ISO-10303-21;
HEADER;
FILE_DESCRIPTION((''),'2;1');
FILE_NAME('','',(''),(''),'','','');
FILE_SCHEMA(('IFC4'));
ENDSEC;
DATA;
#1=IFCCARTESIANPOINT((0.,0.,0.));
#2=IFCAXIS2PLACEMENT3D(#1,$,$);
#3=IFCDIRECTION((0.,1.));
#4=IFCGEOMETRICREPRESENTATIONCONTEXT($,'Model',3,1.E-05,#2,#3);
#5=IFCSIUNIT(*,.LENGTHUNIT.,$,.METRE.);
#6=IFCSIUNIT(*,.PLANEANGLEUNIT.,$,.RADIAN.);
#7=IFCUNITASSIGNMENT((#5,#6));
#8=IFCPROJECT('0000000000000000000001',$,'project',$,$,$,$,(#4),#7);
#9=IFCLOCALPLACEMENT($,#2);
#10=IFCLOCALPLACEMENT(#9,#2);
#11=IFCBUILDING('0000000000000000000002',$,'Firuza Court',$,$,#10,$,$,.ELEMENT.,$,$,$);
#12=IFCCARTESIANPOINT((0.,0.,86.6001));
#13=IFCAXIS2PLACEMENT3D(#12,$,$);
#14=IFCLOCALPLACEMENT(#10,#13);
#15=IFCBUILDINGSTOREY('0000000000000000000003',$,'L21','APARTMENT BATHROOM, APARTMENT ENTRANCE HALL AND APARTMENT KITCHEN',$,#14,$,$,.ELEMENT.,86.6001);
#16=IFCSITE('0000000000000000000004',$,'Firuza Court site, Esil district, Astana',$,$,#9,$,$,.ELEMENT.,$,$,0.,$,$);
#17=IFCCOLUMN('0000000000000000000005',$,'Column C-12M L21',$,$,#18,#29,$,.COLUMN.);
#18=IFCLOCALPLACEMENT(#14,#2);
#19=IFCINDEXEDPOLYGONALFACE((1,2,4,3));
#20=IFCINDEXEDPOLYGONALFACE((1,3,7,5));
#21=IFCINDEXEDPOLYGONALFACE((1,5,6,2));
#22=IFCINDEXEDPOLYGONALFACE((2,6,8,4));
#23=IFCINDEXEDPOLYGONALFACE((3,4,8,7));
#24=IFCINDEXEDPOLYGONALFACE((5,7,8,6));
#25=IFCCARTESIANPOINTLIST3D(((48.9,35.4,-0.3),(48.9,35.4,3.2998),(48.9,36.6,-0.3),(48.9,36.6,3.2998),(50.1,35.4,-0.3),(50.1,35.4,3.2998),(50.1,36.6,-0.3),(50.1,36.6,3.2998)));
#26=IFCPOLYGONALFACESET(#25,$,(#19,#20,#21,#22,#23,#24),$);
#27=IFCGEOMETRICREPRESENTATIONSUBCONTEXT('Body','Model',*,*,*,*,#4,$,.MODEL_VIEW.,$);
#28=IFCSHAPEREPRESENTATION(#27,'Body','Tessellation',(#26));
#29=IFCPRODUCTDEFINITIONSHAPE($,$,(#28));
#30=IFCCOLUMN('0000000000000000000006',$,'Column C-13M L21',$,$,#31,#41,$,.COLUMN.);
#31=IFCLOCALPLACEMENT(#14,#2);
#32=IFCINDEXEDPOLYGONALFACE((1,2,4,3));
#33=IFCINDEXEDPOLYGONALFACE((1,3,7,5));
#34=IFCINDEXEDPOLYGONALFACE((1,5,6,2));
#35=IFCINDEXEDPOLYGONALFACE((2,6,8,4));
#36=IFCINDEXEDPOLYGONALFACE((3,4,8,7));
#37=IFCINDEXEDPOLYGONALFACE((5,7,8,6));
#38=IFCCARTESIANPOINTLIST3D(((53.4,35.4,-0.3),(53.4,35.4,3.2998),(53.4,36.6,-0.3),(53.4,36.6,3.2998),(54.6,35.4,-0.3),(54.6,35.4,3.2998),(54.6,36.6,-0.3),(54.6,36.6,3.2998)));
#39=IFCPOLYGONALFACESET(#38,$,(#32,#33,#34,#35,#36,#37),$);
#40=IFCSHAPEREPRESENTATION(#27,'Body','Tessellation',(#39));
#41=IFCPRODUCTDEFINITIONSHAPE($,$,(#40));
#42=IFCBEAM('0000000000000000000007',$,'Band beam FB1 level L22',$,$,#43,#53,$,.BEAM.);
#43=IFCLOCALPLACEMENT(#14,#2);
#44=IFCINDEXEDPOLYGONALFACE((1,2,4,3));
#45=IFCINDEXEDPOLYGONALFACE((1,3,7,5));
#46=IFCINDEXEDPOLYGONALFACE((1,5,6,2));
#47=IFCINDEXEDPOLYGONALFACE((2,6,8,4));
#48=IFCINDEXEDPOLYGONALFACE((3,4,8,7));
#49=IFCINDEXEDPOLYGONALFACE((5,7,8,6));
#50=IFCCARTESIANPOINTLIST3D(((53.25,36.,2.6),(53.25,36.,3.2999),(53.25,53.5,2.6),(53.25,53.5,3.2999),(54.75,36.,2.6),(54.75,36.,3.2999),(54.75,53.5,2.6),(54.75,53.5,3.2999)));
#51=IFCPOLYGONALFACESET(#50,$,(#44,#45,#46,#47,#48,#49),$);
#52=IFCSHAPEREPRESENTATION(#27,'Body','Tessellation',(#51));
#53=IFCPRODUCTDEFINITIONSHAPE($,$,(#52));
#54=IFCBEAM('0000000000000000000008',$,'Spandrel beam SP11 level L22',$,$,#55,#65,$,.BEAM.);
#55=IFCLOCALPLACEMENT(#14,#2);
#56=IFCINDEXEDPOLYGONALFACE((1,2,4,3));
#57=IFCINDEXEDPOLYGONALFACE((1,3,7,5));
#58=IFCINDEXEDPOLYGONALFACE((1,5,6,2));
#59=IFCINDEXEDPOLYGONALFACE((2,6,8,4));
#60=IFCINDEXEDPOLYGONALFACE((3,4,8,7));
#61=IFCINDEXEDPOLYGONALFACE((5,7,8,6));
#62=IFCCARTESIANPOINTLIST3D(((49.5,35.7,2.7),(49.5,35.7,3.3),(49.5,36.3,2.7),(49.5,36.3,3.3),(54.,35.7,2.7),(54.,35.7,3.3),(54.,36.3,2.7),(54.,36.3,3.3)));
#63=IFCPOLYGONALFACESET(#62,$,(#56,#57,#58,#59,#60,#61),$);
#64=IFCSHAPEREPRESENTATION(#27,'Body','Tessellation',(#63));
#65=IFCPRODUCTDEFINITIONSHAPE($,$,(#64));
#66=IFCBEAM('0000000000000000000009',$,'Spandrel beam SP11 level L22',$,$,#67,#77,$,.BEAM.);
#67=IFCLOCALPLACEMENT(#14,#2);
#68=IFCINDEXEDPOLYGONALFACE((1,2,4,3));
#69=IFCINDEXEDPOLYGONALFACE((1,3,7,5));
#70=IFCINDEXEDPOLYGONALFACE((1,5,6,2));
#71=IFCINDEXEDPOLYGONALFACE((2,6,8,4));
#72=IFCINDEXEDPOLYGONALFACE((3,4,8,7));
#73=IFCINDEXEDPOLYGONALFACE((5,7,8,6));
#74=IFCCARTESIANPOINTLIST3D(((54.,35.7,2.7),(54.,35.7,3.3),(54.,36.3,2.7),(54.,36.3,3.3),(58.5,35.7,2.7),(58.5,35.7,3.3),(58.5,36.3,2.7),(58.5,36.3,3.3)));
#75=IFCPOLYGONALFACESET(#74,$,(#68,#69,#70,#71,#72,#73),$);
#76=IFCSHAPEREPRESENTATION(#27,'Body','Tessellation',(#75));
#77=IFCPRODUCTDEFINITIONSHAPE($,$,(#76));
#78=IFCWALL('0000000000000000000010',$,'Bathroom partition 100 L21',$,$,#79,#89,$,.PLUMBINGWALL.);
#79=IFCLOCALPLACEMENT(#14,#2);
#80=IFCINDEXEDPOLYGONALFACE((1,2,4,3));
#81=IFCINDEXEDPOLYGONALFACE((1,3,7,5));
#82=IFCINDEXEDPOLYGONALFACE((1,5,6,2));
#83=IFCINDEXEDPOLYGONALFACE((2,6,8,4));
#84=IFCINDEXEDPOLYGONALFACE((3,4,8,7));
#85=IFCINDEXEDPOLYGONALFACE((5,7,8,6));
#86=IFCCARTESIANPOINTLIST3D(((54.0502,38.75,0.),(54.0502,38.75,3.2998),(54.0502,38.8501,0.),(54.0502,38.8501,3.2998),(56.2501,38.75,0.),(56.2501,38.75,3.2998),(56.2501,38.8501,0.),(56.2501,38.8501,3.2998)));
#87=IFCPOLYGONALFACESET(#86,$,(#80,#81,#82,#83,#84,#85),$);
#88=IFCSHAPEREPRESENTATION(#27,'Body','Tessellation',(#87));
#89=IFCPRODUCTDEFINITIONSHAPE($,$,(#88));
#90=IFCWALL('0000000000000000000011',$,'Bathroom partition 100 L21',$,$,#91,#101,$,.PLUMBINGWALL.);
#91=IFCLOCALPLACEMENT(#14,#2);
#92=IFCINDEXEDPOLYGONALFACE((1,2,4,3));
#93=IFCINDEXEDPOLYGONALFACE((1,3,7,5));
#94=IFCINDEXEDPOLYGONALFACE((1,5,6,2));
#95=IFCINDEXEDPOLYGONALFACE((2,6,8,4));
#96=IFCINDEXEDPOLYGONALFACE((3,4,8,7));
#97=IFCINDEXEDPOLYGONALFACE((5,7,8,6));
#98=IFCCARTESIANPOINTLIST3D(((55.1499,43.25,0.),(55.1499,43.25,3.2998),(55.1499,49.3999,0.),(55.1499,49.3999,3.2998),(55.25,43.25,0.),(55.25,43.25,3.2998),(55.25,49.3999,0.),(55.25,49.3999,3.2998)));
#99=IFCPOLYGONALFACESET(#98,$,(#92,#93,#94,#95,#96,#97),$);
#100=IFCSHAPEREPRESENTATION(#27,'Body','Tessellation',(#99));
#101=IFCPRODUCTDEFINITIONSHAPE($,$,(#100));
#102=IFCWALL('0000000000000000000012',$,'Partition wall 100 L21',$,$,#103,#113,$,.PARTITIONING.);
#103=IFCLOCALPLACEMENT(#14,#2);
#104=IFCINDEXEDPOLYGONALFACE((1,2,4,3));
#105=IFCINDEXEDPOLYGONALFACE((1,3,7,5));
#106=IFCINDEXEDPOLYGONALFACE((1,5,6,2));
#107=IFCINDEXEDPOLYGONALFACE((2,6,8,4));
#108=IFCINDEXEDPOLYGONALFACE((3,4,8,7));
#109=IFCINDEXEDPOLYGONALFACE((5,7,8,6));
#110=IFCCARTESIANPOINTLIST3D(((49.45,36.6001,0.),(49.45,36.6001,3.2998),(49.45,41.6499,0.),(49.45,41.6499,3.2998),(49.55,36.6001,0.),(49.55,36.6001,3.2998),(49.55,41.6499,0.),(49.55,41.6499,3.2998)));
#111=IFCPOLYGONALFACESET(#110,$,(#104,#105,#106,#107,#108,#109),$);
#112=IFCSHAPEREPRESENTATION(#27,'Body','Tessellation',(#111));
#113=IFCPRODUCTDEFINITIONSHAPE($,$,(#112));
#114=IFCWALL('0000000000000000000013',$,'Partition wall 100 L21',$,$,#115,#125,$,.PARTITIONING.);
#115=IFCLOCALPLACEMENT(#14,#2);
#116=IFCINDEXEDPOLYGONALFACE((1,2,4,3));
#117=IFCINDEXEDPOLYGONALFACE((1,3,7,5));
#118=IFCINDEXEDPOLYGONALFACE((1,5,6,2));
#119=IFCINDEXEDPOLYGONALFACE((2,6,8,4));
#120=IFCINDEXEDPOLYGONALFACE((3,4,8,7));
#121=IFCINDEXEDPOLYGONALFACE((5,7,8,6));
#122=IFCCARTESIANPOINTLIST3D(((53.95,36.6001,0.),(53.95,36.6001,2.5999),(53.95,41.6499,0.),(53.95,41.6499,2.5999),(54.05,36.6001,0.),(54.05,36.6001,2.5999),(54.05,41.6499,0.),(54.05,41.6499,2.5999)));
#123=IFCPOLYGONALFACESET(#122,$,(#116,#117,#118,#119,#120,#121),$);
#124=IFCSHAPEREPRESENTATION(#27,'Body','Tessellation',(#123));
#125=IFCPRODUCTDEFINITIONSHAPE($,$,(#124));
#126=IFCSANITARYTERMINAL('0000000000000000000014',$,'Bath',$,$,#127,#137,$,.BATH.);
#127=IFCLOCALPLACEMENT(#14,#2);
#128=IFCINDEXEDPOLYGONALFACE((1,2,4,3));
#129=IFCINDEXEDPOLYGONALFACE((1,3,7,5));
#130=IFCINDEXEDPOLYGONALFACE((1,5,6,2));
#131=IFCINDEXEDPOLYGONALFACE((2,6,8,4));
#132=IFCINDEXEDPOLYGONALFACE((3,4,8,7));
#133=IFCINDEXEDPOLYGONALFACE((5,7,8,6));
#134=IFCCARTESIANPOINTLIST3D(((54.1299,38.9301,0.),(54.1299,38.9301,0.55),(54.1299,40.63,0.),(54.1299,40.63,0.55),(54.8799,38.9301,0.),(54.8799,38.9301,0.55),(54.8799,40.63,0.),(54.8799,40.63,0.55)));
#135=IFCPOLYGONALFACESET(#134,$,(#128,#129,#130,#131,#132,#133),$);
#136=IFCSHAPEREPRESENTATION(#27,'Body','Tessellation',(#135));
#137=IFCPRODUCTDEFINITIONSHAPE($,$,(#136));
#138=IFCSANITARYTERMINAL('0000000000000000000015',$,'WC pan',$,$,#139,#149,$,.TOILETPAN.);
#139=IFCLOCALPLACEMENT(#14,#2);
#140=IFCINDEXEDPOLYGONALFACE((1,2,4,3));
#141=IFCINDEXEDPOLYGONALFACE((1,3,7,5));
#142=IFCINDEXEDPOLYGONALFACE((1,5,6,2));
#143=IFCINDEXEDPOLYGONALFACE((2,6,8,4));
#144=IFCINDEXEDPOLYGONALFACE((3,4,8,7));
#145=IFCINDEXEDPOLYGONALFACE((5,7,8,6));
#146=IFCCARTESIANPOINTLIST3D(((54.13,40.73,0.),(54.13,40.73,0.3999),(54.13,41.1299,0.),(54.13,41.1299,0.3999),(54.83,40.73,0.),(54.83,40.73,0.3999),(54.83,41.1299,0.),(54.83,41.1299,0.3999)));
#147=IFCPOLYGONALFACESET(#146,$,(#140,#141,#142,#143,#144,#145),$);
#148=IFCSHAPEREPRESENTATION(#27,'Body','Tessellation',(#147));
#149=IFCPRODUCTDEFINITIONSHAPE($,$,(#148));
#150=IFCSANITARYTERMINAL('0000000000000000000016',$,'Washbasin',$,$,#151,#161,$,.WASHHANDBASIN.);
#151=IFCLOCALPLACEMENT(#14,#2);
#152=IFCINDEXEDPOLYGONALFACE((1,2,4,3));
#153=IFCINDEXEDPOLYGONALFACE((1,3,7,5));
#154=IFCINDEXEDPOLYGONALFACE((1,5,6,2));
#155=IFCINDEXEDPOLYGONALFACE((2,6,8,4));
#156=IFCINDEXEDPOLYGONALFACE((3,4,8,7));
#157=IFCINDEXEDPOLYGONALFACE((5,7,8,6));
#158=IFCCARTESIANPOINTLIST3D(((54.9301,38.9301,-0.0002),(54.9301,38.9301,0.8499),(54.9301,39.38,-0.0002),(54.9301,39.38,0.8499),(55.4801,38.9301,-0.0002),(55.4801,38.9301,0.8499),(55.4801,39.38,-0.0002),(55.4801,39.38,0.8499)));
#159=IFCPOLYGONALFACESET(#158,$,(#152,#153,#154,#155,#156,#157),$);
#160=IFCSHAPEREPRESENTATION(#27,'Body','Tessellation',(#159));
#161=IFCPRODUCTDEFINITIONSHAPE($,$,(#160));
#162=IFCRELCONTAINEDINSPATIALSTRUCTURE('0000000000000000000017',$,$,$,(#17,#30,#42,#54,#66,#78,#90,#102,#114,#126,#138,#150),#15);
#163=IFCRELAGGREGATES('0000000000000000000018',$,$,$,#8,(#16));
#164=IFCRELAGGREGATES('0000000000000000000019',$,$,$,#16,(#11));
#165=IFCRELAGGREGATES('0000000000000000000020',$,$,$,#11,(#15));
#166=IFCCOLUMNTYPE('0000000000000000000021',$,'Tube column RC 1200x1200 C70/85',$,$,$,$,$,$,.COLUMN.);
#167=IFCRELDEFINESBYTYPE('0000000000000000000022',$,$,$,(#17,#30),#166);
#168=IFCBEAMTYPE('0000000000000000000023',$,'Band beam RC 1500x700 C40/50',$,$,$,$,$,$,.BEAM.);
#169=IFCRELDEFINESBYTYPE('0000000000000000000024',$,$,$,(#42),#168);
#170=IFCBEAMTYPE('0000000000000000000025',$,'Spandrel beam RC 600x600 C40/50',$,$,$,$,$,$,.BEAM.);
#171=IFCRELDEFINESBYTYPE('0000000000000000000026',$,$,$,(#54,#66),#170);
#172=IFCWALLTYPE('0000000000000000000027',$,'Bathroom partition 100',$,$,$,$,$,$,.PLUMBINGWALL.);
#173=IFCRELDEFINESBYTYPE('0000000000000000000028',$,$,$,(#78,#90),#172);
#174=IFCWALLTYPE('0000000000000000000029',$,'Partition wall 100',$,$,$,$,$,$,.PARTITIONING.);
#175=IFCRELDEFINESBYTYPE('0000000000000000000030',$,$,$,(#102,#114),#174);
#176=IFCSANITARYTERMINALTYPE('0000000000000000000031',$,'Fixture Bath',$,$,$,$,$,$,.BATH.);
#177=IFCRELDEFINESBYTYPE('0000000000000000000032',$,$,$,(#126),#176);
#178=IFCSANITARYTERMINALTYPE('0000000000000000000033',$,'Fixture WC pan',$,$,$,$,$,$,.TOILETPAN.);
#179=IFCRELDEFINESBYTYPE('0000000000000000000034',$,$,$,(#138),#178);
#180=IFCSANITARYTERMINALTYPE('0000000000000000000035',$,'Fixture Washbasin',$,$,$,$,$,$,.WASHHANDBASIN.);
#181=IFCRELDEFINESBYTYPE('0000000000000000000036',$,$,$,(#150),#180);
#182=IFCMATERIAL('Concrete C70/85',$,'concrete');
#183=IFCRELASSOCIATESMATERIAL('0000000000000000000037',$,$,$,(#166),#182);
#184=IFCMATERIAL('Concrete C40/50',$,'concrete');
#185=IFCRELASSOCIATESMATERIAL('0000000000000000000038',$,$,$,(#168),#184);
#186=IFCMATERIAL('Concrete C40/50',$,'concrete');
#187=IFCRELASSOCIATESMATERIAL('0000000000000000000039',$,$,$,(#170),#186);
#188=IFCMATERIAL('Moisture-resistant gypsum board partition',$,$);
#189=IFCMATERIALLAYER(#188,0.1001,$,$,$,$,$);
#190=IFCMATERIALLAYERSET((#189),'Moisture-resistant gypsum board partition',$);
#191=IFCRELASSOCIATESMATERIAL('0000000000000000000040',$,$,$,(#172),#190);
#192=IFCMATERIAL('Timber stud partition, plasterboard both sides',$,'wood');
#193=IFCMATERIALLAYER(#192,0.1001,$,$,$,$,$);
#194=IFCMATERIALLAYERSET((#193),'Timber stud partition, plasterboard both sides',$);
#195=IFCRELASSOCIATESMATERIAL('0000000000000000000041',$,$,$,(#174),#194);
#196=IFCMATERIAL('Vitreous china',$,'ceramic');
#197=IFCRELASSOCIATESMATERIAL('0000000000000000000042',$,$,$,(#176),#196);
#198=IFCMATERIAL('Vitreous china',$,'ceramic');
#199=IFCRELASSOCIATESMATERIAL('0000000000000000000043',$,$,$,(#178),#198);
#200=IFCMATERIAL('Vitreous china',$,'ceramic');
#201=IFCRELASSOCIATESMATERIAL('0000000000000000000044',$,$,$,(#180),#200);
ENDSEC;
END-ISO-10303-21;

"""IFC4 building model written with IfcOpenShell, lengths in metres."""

from ifc_helpers import new_model, si_unit, direction, frame, frame_2d, origin, origin_2d, place, context, subcontext, project, spatial, rectangle, extrude, material, layer, layer_set, material_profile, profile_set, type_object, element, save


model = new_model("IFC4")

# Units and contexts
model_context = context("Model", 3, precision=1e-05, world=origin(), true_north=direction((0.0, 1.0)))
body_context = subcontext(model_context, "Body", "Model", "MODEL_VIEW")
ifc_project = project(units=[si_unit("LENGTHUNIT", "METRE"), si_unit("PLANEANGLEUNIT", "RADIAN")], contexts=[model_context])

# Site, building, storey
site_placement = place(None, origin())
site = spatial("IfcSite", under=ifc_project, at=site_placement, Name="Firuza Court site, Esil district, Astana", CompositionType="ELEMENT", RefElevation=0.0)
building_placement = place(site_placement, origin())
building = spatial("IfcBuilding", under=site, at=building_placement, Name="Firuza Court", CompositionType="ELEMENT")
storey_placement = place(building_placement, frame((0.0, 0.0, 86.6001)))
storey = spatial("IfcBuildingStorey", under=building, at=storey_placement, Name="L21", Description="APARTMENT BATHROOM, APARTMENT ENTRANCE HALL AND APARTMENT KITCHEN", CompositionType="ELEMENT", Elevation=86.6001)

# Columns
ifc_material_1 = material(Name="Concrete C70/85", Category="concrete")
ifc_material_profile_1 = material_profile(ifc_material_1, rectangle(XDim=1.2, YDim=1.2, at=origin_2d()), Name="RC 1200x1200")
ifc_profile_set_1 = profile_set([ifc_material_profile_1], Name="Concrete C70/85")
column_type = type_object("IfcColumnType", Name="Tube column RC 1200x1200 C70/85", PredefinedType="COLUMN", material=ifc_profile_set_1)
for number, where, z_axis, x_axis, name in (
    (1, (49.5, 36.0, -0.3), (0.0, 0.0, 1.0), (1.0, 0.0, 0.0), "Column C-12M L21"),
    (2, (54.0, 36.0, -0.3), (0.0, 0.0, 1.0), (1.0, 0.0, 0.0), "Column C-13M L21"),
):
    element("IfcColumn", number, at=place(storey_placement, frame(where, z_axis=z_axis, x_axis=x_axis)), inside=storey, type_object=column_type, Name=name, PredefinedType="COLUMN", context=body_context, shape_type="SweptSolid", body=[
        extrude(rectangle(XDim=1.2, YDim=1.2, at=origin_2d()), origin(), (0.0, 0.0, 1.0), 3.5999),
    ])

# Beams
ifc_material_2 = material(Name="Concrete C40/50", Category="concrete")
ifc_material_profile_2 = material_profile(ifc_material_2, rectangle(XDim=1.5, YDim=0.7, at=origin_2d()), Name="RC 1500x700")
ifc_profile_set_2 = profile_set([ifc_material_profile_2], Name="Concrete C40/50")
beam_type_1 = type_object("IfcBeamType", Name="Band beam RC 1500x700 C40/50", PredefinedType="BEAM", material=ifc_profile_set_2)
beam_placement = place(storey_placement, frame((54.0, 36.0, 2.95), z_axis=(0.0, 1.0, 0.0), x_axis=(-1.0, 0.0, 0.0)))
element("IfcBeam", 3, at=beam_placement, inside=storey, type_object=beam_type_1, Name="Band beam FB1 level L22", PredefinedType="BEAM", context=body_context, shape_type="SweptSolid", body=[
    extrude(rectangle(XDim=1.5, YDim=0.7, at=origin_2d()), origin(), (0.0, 0.0, 1.0), 17.5),
])
ifc_material_3 = material(Name="Concrete C40/50", Category="concrete")
ifc_material_profile_3 = material_profile(ifc_material_3, rectangle(XDim=0.6001, YDim=0.6001, at=origin_2d()), Name="RC 600x600")
ifc_profile_set_3 = profile_set([ifc_material_profile_3], Name="Concrete C40/50")
beam_type_2 = type_object("IfcBeamType", Name="Spandrel beam RC 600x600 C40/50", PredefinedType="BEAM", material=ifc_profile_set_3)
for number, where, z_axis, x_axis, name in (
    (4, (49.5, 36.0, 3.0), (1.0, 0.0, 0.0), (0.0, 1.0, 0.0), "Spandrel beam SP11 level L22"),
    (5, (54.0, 36.0, 3.0), (1.0, 0.0, 0.0), (0.0, 1.0, 0.0), "Spandrel beam SP11 level L22"),
):
    element("IfcBeam", number, at=place(storey_placement, frame(where, z_axis=z_axis, x_axis=x_axis)), inside=storey, type_object=beam_type_2, Name=name, PredefinedType="BEAM", context=body_context, shape_type="SweptSolid", body=[
        extrude(rectangle(XDim=0.6001, YDim=0.6001, at=origin_2d()), origin(), (0.0, 0.0, 1.0), 4.5),
    ])

# Walls
ifc_material_4 = material(Name="Moisture-resistant gypsum board partition")
ifc_layer_1 = layer(ifc_material_4, 0.1001)
ifc_layer_set_1 = layer_set([ifc_layer_1], Name="Moisture-resistant gypsum board partition")
wall_type_1 = type_object("IfcWallType", Name="Bathroom partition 100", PredefinedType="PLUMBINGWALL", material=ifc_layer_set_1)
wall_1_placement = place(storey_placement, frame((54.05, 38.8, 0.0), z_axis=(0.0, 0.0, 1.0), x_axis=(1.0, 0.0, 0.0)))
element("IfcWall", 6, at=wall_1_placement, inside=storey, type_object=wall_type_1, Name="Bathroom partition 100 L21", PredefinedType="PLUMBINGWALL", context=body_context, shape_type="SweptSolid", body=[
    extrude(rectangle(XDim=2.2, YDim=0.1001, at=frame_2d((1.1001, 0.0))), origin(), (0.0, 0.0, 1.0), 3.2998),
])
wall_2_placement = place(storey_placement, frame((55.2, 43.25, 0.0), z_axis=(0.0, 0.0, 1.0), x_axis=(0.0, 1.0, 0.0)))
element("IfcWall", 7, at=wall_2_placement, inside=storey, type_object=wall_type_1, Name="Bathroom partition 100 L21", PredefinedType="PLUMBINGWALL", context=body_context, shape_type="SweptSolid", body=[
    extrude(rectangle(XDim=6.1499, YDim=0.1001, at=frame_2d((3.075, 0.0))), origin(), (0.0, 0.0, 1.0), 3.2998),
])
ifc_material_5 = material(Name="Timber stud partition, plasterboard both sides", Category="wood")
ifc_layer_2 = layer(ifc_material_5, 0.1001)
ifc_layer_set_2 = layer_set([ifc_layer_2], Name="Timber stud partition, plasterboard both sides")
wall_type_2 = type_object("IfcWallType", Name="Partition wall 100", PredefinedType="PARTITIONING", material=ifc_layer_set_2)
wall_3_placement = place(storey_placement, frame((49.5, 36.6001, 0.0), z_axis=(0.0, 0.0, 1.0), x_axis=(0.0, 1.0, 0.0)))
element("IfcWall", 8, at=wall_3_placement, inside=storey, type_object=wall_type_2, Name="Partition wall 100 L21", PredefinedType="PARTITIONING", context=body_context, shape_type="SweptSolid", body=[
    extrude(rectangle(XDim=5.0498, YDim=0.1001, at=frame_2d((2.5249, 0.0))), origin(), (0.0, 0.0, 1.0), 3.2998),
])
wall_4_placement = place(storey_placement, frame((54.0, 36.6001, 0.0), z_axis=(0.0, 0.0, 1.0), x_axis=(0.0, 1.0, 0.0)))
element("IfcWall", 9, at=wall_4_placement, inside=storey, type_object=wall_type_2, Name="Partition wall 100 L21", PredefinedType="PARTITIONING", context=body_context, shape_type="SweptSolid", body=[
    extrude(rectangle(XDim=5.0498, YDim=0.1001, at=frame_2d((2.5249, 0.0))), origin(), (0.0, 0.0, 1.0), 2.5999),
])

# Sanitary terminals
ifc_material_6 = material(Name="Vitreous china", Category="ceramic")
sanitary_terminal_type_1 = type_object("IfcSanitaryTerminalType", Name="Fixture Bath", PredefinedType="BATH", material=ifc_material_6)
sanitary_terminal_1_placement = place(storey_placement, frame((54.5049, 39.78, 0.0), z_axis=(0.0, 0.0, 1.0), x_axis=(1.0, 0.0, 0.0)))
element("IfcSanitaryTerminal", 10, at=sanitary_terminal_1_placement, inside=storey, type_object=sanitary_terminal_type_1, Name="Bath", PredefinedType="BATH", context=body_context, shape_type="SweptSolid", body=[
    extrude(rectangle(XDim=0.75, YDim=1.7, at=origin_2d()), origin(), (0.0, 0.0, 1.0), 0.55),
])
ifc_material_7 = material(Name="Vitreous china", Category="ceramic")
sanitary_terminal_type_2 = type_object("IfcSanitaryTerminalType", Name="Fixture WC pan", PredefinedType="TOILETPAN", material=ifc_material_7)
sanitary_terminal_2_placement = place(storey_placement, frame((54.48, 40.9299, 0.0), z_axis=(0.0, 0.0, 1.0), x_axis=(1.0, 0.0, 0.0)))
element("IfcSanitaryTerminal", 11, at=sanitary_terminal_2_placement, inside=storey, type_object=sanitary_terminal_type_2, Name="WC pan", PredefinedType="TOILETPAN", context=body_context, shape_type="SweptSolid", body=[
    extrude(rectangle(XDim=0.7, YDim=0.3999, at=origin_2d()), origin(), (0.0, 0.0, 1.0), 0.3999),
])
ifc_material_8 = material(Name="Vitreous china", Category="ceramic")
sanitary_terminal_type_3 = type_object("IfcSanitaryTerminalType", Name="Fixture Washbasin", PredefinedType="WASHHANDBASIN", material=ifc_material_8)
sanitary_terminal_3_placement = place(storey_placement, frame((55.2051, 39.155, -0.0002), z_axis=(0.0, 0.0, 1.0), x_axis=(1.0, 0.0, 0.0)))
element("IfcSanitaryTerminal", 12, at=sanitary_terminal_3_placement, inside=storey, type_object=sanitary_terminal_type_3, Name="Washbasin", PredefinedType="WASHHANDBASIN", context=body_context, shape_type="SweptSolid", body=[
    extrude(rectangle(XDim=0.55, YDim=0.45, at=origin_2d()), origin(), (0.0, 0.0, 1.0), 0.8501),
])

save(model, "model.ifc")
